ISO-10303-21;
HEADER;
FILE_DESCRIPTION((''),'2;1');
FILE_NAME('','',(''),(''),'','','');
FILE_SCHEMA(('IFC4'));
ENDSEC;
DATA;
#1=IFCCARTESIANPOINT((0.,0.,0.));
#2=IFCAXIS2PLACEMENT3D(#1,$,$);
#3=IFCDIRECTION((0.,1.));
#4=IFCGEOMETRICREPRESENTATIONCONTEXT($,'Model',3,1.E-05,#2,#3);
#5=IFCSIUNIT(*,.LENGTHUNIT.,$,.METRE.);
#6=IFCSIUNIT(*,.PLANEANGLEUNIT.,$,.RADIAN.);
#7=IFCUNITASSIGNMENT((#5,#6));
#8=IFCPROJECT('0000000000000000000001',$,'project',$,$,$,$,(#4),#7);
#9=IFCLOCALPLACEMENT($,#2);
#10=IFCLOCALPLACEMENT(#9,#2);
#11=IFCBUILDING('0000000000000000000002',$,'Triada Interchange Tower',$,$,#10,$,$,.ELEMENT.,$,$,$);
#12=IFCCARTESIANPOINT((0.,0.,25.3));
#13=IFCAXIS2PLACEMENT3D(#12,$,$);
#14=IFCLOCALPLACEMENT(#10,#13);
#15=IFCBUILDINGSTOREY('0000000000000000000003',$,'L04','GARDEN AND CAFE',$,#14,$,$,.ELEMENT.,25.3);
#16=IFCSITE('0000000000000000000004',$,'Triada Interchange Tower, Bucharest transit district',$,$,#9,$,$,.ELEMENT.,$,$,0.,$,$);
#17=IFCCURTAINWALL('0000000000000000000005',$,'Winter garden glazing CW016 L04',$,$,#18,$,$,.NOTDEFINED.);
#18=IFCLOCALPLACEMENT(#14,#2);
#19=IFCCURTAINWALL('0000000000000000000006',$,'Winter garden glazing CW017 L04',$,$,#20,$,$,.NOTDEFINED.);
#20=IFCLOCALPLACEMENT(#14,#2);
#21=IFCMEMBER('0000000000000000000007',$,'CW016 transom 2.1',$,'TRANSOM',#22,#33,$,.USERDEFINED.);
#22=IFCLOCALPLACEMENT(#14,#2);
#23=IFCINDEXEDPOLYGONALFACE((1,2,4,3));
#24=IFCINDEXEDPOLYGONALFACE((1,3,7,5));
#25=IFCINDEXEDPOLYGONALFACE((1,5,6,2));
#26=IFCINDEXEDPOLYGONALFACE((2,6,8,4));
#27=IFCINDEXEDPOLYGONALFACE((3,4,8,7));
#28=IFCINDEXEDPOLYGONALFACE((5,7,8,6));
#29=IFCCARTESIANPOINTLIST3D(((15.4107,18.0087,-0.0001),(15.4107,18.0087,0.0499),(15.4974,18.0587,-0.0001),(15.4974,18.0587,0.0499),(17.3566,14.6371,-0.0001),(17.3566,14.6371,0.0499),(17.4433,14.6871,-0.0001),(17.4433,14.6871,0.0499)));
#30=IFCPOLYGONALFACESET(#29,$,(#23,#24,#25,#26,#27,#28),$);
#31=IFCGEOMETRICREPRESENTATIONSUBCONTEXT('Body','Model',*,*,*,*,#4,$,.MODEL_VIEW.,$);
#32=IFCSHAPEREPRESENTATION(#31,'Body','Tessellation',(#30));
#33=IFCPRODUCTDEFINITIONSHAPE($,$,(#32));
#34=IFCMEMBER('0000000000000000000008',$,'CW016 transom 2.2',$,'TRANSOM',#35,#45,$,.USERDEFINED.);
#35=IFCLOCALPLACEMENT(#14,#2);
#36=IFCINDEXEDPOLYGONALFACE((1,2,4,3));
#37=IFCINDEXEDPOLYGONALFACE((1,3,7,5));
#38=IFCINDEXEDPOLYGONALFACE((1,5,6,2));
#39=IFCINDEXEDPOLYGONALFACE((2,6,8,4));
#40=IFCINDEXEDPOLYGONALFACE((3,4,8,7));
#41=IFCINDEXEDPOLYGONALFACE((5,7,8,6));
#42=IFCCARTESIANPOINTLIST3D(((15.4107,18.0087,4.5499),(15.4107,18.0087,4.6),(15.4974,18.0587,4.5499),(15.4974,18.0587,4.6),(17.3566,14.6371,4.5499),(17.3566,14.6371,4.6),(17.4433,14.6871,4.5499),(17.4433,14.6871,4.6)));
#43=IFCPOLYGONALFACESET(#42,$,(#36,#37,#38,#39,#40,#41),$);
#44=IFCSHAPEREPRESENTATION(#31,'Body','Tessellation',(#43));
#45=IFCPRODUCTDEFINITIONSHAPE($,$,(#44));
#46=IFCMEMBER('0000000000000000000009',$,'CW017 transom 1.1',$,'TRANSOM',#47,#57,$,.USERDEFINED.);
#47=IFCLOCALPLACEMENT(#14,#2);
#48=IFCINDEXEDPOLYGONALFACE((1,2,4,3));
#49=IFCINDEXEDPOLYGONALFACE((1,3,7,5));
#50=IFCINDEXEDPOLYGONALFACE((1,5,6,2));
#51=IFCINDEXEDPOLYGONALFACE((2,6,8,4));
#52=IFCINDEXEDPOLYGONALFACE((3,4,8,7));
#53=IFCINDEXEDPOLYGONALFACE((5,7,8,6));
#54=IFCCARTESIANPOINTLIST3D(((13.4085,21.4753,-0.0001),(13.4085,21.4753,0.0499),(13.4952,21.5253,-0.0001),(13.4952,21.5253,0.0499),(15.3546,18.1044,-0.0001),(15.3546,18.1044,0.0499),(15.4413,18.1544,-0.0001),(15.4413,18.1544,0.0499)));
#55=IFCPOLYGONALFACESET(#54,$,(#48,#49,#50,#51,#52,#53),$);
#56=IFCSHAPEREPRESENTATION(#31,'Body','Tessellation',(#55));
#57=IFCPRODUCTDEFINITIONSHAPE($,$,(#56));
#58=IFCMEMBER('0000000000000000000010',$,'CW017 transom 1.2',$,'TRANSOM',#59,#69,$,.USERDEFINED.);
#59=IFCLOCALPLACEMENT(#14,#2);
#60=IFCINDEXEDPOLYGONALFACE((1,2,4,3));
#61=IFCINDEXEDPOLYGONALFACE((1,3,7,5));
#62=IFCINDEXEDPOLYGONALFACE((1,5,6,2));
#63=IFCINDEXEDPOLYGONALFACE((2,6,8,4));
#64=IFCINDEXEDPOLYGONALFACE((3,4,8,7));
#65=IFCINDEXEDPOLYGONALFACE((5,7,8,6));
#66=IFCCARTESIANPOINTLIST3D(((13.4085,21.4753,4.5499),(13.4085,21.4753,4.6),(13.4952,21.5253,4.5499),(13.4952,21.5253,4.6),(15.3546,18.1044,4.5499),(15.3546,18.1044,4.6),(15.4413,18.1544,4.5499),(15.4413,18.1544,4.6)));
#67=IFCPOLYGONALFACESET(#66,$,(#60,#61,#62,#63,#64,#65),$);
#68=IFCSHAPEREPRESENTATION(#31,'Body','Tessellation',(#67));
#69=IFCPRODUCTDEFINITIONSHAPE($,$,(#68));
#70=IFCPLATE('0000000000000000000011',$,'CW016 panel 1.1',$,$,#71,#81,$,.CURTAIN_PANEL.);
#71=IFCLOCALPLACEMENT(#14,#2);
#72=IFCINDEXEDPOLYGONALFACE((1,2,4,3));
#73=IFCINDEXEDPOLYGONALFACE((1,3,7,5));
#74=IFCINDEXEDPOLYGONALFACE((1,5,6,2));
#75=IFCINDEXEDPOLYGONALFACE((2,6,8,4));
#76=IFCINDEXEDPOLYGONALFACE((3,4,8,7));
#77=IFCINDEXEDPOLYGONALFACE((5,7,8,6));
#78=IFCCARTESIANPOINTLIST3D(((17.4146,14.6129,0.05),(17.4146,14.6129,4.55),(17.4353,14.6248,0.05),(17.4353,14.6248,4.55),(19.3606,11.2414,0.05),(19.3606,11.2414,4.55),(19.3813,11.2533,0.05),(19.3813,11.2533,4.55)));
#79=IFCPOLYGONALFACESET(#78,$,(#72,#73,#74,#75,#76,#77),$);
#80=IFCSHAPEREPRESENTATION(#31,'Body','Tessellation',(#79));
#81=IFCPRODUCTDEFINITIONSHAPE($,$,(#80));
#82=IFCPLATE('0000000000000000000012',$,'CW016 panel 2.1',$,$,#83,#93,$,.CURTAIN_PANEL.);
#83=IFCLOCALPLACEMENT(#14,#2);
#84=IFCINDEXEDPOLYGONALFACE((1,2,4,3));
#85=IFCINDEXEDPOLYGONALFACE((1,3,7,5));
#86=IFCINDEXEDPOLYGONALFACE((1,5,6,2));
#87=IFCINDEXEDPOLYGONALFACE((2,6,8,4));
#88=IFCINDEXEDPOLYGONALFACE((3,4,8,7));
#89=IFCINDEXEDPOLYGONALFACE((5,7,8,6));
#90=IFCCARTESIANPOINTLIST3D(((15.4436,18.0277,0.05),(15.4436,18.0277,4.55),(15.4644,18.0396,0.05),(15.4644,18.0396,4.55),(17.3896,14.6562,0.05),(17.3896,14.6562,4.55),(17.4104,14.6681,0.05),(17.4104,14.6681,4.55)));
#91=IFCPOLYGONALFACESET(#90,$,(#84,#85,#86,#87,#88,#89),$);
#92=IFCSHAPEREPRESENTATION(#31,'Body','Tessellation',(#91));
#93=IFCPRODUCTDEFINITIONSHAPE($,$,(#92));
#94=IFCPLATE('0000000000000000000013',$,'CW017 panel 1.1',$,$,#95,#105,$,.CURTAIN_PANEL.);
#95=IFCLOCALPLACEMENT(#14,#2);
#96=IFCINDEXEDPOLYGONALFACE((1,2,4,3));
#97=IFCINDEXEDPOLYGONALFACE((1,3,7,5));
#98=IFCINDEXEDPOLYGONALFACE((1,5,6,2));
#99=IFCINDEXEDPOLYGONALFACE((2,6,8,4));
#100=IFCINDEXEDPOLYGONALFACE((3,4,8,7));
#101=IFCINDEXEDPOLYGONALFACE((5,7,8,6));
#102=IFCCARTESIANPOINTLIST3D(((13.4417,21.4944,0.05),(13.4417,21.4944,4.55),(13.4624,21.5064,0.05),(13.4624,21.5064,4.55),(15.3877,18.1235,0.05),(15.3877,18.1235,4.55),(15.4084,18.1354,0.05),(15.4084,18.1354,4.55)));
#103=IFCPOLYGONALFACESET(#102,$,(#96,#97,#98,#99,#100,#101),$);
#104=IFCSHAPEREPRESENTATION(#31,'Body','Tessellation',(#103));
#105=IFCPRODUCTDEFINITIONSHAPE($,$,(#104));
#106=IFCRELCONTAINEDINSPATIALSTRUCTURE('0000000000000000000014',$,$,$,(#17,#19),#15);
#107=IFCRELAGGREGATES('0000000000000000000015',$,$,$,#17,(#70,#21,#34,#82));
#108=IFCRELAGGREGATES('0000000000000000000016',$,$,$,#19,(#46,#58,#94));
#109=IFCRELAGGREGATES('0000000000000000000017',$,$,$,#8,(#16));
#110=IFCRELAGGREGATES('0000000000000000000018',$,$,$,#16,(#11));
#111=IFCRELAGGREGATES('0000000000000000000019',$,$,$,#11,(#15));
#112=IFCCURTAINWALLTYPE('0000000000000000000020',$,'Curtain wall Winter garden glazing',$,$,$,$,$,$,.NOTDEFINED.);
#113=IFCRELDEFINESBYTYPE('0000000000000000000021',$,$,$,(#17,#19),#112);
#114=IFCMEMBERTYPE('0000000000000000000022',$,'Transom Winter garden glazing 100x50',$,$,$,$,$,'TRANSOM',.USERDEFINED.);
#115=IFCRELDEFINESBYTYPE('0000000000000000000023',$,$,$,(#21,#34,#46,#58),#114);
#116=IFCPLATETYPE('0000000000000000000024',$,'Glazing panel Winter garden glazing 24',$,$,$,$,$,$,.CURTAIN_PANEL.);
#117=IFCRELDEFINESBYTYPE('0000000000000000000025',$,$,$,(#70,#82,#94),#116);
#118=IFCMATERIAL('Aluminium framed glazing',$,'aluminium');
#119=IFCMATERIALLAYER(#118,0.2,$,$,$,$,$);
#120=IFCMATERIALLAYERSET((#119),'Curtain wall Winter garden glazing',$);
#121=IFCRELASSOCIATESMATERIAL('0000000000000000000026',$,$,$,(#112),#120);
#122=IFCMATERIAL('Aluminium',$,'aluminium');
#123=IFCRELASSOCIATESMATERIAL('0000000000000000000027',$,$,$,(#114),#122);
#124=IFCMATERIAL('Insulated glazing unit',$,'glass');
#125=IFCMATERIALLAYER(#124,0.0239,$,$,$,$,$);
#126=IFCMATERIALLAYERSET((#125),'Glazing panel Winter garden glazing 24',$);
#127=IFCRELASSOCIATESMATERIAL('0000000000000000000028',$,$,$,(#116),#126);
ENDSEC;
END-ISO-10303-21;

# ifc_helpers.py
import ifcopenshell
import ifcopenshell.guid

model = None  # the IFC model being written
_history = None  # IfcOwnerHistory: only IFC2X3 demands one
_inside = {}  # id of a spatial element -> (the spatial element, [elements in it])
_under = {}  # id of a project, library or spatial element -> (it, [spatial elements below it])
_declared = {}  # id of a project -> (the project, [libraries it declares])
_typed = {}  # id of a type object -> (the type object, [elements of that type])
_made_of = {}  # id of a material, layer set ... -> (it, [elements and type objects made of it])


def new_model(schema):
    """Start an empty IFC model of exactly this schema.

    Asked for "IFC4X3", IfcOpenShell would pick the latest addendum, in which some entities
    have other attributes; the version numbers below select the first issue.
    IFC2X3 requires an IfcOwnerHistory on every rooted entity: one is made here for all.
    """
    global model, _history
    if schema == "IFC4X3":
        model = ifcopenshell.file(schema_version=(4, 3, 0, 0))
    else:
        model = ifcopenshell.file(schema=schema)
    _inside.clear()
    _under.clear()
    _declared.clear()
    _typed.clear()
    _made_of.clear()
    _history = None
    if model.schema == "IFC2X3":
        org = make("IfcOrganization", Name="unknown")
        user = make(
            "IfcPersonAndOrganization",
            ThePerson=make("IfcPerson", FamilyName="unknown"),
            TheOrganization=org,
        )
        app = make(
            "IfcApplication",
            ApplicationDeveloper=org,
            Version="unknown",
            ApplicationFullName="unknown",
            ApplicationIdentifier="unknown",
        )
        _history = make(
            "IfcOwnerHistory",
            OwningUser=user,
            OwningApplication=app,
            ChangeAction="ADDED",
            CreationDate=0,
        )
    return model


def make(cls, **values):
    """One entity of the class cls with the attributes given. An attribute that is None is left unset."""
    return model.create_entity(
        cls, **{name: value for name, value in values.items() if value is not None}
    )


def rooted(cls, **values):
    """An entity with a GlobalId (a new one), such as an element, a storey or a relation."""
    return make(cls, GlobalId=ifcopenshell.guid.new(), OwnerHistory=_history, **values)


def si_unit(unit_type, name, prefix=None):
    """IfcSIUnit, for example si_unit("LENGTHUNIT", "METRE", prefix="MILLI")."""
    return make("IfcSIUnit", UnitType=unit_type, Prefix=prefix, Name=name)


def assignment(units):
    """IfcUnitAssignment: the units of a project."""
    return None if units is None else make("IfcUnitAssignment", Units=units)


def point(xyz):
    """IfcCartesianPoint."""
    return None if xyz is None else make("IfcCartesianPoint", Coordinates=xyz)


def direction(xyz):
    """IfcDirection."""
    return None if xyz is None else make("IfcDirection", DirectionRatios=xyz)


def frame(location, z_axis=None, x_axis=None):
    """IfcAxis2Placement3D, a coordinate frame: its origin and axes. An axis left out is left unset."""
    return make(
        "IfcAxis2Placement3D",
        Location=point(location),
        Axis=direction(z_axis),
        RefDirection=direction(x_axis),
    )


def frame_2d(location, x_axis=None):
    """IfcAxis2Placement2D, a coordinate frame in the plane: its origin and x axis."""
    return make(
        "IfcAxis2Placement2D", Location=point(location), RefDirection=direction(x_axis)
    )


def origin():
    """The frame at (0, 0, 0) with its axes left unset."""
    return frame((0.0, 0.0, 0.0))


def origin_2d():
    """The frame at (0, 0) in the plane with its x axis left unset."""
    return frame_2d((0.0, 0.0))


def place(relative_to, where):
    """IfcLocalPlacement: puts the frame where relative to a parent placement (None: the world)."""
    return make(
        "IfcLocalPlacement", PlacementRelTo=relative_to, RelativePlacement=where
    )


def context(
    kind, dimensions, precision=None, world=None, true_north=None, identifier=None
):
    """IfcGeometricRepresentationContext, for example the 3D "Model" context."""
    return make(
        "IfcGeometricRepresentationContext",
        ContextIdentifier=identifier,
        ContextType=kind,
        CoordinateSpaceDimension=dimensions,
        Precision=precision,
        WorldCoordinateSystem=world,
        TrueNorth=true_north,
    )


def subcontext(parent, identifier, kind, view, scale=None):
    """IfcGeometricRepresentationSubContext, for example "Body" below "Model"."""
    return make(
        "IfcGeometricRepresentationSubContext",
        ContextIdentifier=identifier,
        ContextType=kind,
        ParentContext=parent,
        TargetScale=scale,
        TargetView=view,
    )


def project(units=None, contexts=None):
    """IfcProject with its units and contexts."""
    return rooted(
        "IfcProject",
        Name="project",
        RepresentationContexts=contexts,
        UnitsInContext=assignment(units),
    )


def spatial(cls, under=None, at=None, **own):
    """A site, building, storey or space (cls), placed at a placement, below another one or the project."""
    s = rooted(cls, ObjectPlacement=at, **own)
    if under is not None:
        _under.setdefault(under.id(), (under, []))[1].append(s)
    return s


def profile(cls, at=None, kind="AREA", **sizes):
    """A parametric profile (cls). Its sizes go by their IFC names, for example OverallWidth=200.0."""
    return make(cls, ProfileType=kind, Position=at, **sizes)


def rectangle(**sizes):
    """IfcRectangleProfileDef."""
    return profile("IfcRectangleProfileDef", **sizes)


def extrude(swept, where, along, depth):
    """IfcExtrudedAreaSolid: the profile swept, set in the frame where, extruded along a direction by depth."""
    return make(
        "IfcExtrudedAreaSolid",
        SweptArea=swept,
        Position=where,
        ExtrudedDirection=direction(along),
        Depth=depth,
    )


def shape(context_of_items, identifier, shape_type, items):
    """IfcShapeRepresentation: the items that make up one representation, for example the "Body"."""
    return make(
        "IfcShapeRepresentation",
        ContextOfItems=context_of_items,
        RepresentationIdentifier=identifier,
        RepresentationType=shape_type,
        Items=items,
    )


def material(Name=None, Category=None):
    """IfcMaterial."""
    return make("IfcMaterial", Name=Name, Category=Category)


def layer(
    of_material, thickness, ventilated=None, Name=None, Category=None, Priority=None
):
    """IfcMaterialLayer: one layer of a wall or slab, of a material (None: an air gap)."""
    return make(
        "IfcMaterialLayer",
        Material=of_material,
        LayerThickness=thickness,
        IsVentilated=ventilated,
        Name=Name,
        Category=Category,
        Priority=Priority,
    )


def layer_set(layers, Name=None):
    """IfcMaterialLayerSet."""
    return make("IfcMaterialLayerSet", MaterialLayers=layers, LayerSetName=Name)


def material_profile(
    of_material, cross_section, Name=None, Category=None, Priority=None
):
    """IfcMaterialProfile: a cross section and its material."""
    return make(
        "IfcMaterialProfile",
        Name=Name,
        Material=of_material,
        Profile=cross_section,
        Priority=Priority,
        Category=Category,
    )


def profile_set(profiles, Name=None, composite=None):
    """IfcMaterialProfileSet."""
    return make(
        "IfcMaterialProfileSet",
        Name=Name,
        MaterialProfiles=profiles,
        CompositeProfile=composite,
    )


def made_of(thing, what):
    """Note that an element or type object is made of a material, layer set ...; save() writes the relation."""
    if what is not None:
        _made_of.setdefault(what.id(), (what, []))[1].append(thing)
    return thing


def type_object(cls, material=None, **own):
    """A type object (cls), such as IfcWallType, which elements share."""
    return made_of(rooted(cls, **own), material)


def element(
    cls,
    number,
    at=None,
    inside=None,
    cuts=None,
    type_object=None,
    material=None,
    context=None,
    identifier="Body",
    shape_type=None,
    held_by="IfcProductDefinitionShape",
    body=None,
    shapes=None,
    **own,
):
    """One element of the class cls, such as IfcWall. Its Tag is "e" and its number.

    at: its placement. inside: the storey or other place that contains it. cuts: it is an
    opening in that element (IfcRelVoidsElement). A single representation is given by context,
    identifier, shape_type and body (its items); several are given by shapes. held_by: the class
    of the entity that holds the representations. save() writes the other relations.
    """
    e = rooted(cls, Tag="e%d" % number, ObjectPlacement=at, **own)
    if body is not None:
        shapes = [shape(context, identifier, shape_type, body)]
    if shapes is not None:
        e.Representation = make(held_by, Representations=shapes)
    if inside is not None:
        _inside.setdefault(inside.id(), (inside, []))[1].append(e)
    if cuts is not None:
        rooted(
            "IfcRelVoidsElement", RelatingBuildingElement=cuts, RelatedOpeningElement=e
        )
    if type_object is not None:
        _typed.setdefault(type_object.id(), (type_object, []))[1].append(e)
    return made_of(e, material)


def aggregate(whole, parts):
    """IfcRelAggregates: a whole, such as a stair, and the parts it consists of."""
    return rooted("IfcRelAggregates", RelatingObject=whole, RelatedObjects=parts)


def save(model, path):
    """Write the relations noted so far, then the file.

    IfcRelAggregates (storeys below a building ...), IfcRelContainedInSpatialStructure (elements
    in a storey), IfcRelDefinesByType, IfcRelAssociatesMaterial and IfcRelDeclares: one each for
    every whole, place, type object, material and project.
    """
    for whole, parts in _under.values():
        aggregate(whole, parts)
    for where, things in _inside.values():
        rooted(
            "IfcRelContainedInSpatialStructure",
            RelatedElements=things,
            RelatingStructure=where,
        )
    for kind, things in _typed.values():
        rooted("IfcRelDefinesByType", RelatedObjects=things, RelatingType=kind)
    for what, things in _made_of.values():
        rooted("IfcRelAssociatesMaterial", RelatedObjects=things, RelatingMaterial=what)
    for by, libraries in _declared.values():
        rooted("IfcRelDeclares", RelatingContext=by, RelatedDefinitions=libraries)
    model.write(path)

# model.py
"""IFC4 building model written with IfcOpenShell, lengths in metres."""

from ifc_helpers import new_model, si_unit, direction, frame, origin, origin_2d, place, context, subcontext, project, spatial, rectangle, extrude, material, layer, layer_set, material_profile, profile_set, type_object, element, aggregate, save


model = new_model("IFC4")

# Units and contexts
model_context = context("Model", 3, precision=1e-05, world=origin(), true_north=direction((0.0, 1.0)))
body_context = subcontext(model_context, "Body", "Model", "MODEL_VIEW")
ifc_project = project(units=[si_unit("LENGTHUNIT", "METRE"), si_unit("PLANEANGLEUNIT", "RADIAN")], contexts=[model_context])

# Site, building, storey
site_placement = place(None, origin())
site = spatial("IfcSite", under=ifc_project, at=site_placement, Name="Triada Interchange Tower, Bucharest transit district", CompositionType="ELEMENT", RefElevation=0.0)
building_placement = place(site_placement, origin())
building = spatial("IfcBuilding", under=site, at=building_placement, Name="Triada Interchange Tower", CompositionType="ELEMENT")
storey_placement = place(building_placement, frame((0.0, 0.0, 25.3)))
storey = spatial("IfcBuildingStorey", under=building, at=storey_placement, Name="L04", Description="GARDEN AND CAFE", CompositionType="ELEMENT", Elevation=25.3)

# Shared definitions
ifc_material_1 = material(Name="Aluminium framed glazing", Category="aluminium")
ifc_layer_1 = layer(ifc_material_1, 0.2)
ifc_layer_set_1 = layer_set([ifc_layer_1], Name="Curtain wall Winter garden glazing")
curtain_wall_type = type_object("IfcCurtainWallType", Name="Curtain wall Winter garden glazing", PredefinedType="NOTDEFINED", material=ifc_layer_set_1)
ifc_material_2 = material(Name="Aluminium", Category="aluminium")

# Curtain walls
curtain_wall_1_placement = place(storey_placement, origin())
curtain_wall_1 = element("IfcCurtainWall", 1, at=curtain_wall_1_placement, inside=storey, type_object=curtain_wall_type, Name="Winter garden glazing CW016 L04", PredefinedType="NOTDEFINED")
curtain_wall_2_placement = place(storey_placement, origin())
curtain_wall_2 = element("IfcCurtainWall", 2, at=curtain_wall_2_placement, inside=storey, type_object=curtain_wall_type, Name="Winter garden glazing CW017 L04", PredefinedType="NOTDEFINED")

# Members
ifc_material_profile_1 = material_profile(ifc_material_2, rectangle(XDim=0.1001, YDim=0.05, at=origin_2d()), Name="Aluminium transom")
ifc_profile_set_1 = profile_set([ifc_material_profile_1], Name="Aluminium")
member_type_1 = type_object("IfcMemberType", Name="Transom Winter garden glazing 100x50", ElementType="TRANSOM", PredefinedType="USERDEFINED", material=ifc_profile_set_1)
member_1_placement = place(storey_placement, frame((17.3999, 14.6621, 0.0249), z_axis=(-0.499849, 0.866112, 0.0), x_axis=(-0.866112, -0.499849, 0.0)))
member_1 = element("IfcMember", 3, at=member_1_placement, type_object=member_type_1, Name="CW016 transom 2.1", ObjectType="TRANSOM", PredefinedType="USERDEFINED", context=body_context, shape_type="SweptSolid", body=[
    extrude(rectangle(XDim=0.1001, YDim=0.05, at=origin_2d()), origin(), (0.0, 0.0, 1.0), 3.8928),
])
member_2_placement = place(storey_placement, frame((17.3999, 14.6621, 4.575), z_axis=(-0.499849, 0.866112, 0.0), x_axis=(-0.866112, -0.499849, 0.0)))
member_2 = element("IfcMember", 4, at=member_2_placement, type_object=member_type_1, Name="CW016 transom 2.2", ObjectType="TRANSOM", PredefinedType="USERDEFINED", context=body_context, shape_type="SweptSolid", body=[
    extrude(rectangle(XDim=0.1001, YDim=0.05, at=origin_2d()), origin(), (0.0, 0.0, 1.0), 3.8928),
])
member_3_placement = place(storey_placement, frame((15.3979, 18.1294, 0.0249), z_axis=(-0.499978, 0.866038, 0.0), x_axis=(-0.866038, -0.499978, 0.0)))
member_3 = element("IfcMember", 5, at=member_3_placement, type_object=member_type_1, Name="CW017 transom 1.1", ObjectType="TRANSOM", PredefinedType="USERDEFINED", context=body_context, shape_type="SweptSolid", body=[
    extrude(rectangle(XDim=0.1001, YDim=0.05, at=origin_2d()), origin(), (0.0, 0.0, 1.0), 3.8923),
])
member_4_placement = place(storey_placement, frame((15.3979, 18.1294, 4.575), z_axis=(-0.499978, 0.866038, 0.0), x_axis=(-0.866038, -0.499978, 0.0)))
member_4 = element("IfcMember", 6, at=member_4_placement, type_object=member_type_1, Name="CW017 transom 1.2", ObjectType="TRANSOM", PredefinedType="USERDEFINED", context=body_context, shape_type="SweptSolid", body=[
    extrude(rectangle(XDim=0.1001, YDim=0.05, at=origin_2d()), origin(), (0.0, 0.0, 1.0), 3.8923),
])

# Plates
ifc_material_3 = material(Name="Insulated glazing unit", Category="glass")
ifc_layer_2 = layer(ifc_material_3, 0.0239)
ifc_layer_set_2 = layer_set([ifc_layer_2], Name="Glazing panel Winter garden glazing 24")
plate_type = type_object("IfcPlateType", Name="Glazing panel Winter garden glazing 24", PredefinedType="CURTAIN_PANEL", material=ifc_layer_set_2)
plate_1_placement = place(storey_placement, frame((18.3979, 12.9331, 0.05), z_axis=(0.0, 0.0, 1.0), x_axis=(-0.499893, 0.866087, 0.0)))
plate_1 = element("IfcPlate", 7, at=plate_1_placement, type_object=plate_type, Name="CW016 panel 1.1", PredefinedType="CURTAIN_PANEL", context=body_context, shape_type="SweptSolid", body=[
    extrude(rectangle(XDim=3.8928, YDim=0.0239, at=origin_2d()), origin(), (0.0, 0.0, 1.0), 4.5),
])
plate_2_placement = place(storey_placement, frame((16.427, 16.3479, 0.05), z_axis=(0.0, 0.0, 1.0), x_axis=(-0.499893, 0.866087, 0.0)))
plate_2 = element("IfcPlate", 8, at=plate_2_placement, type_object=plate_type, Name="CW016 panel 2.1", PredefinedType="CURTAIN_PANEL", context=body_context, shape_type="SweptSolid", body=[
    extrude(rectangle(XDim=3.8928, YDim=0.0239, at=origin_2d()), origin(), (0.0, 0.0, 1.0), 4.5),
])
aggregate(curtain_wall_1, [plate_1, member_1, member_2, plate_2])
plate_3_placement = place(storey_placement, frame((14.425, 19.8149, 0.05), z_axis=(0.0, 0.0, 1.0), x_axis=(-0.499948, 0.866055, 0.0)))
plate_3 = element("IfcPlate", 9, at=plate_3_placement, type_object=plate_type, Name="CW017 panel 1.1", PredefinedType="CURTAIN_PANEL", context=body_context, shape_type="SweptSolid", body=[
    extrude(rectangle(XDim=3.8923, YDim=0.0239, at=origin_2d()), origin(), (0.0, 0.0, 1.0), 4.5),
])
aggregate(curtain_wall_2, [member_3, member_4, plate_3])

save(model, "model.ifc")
